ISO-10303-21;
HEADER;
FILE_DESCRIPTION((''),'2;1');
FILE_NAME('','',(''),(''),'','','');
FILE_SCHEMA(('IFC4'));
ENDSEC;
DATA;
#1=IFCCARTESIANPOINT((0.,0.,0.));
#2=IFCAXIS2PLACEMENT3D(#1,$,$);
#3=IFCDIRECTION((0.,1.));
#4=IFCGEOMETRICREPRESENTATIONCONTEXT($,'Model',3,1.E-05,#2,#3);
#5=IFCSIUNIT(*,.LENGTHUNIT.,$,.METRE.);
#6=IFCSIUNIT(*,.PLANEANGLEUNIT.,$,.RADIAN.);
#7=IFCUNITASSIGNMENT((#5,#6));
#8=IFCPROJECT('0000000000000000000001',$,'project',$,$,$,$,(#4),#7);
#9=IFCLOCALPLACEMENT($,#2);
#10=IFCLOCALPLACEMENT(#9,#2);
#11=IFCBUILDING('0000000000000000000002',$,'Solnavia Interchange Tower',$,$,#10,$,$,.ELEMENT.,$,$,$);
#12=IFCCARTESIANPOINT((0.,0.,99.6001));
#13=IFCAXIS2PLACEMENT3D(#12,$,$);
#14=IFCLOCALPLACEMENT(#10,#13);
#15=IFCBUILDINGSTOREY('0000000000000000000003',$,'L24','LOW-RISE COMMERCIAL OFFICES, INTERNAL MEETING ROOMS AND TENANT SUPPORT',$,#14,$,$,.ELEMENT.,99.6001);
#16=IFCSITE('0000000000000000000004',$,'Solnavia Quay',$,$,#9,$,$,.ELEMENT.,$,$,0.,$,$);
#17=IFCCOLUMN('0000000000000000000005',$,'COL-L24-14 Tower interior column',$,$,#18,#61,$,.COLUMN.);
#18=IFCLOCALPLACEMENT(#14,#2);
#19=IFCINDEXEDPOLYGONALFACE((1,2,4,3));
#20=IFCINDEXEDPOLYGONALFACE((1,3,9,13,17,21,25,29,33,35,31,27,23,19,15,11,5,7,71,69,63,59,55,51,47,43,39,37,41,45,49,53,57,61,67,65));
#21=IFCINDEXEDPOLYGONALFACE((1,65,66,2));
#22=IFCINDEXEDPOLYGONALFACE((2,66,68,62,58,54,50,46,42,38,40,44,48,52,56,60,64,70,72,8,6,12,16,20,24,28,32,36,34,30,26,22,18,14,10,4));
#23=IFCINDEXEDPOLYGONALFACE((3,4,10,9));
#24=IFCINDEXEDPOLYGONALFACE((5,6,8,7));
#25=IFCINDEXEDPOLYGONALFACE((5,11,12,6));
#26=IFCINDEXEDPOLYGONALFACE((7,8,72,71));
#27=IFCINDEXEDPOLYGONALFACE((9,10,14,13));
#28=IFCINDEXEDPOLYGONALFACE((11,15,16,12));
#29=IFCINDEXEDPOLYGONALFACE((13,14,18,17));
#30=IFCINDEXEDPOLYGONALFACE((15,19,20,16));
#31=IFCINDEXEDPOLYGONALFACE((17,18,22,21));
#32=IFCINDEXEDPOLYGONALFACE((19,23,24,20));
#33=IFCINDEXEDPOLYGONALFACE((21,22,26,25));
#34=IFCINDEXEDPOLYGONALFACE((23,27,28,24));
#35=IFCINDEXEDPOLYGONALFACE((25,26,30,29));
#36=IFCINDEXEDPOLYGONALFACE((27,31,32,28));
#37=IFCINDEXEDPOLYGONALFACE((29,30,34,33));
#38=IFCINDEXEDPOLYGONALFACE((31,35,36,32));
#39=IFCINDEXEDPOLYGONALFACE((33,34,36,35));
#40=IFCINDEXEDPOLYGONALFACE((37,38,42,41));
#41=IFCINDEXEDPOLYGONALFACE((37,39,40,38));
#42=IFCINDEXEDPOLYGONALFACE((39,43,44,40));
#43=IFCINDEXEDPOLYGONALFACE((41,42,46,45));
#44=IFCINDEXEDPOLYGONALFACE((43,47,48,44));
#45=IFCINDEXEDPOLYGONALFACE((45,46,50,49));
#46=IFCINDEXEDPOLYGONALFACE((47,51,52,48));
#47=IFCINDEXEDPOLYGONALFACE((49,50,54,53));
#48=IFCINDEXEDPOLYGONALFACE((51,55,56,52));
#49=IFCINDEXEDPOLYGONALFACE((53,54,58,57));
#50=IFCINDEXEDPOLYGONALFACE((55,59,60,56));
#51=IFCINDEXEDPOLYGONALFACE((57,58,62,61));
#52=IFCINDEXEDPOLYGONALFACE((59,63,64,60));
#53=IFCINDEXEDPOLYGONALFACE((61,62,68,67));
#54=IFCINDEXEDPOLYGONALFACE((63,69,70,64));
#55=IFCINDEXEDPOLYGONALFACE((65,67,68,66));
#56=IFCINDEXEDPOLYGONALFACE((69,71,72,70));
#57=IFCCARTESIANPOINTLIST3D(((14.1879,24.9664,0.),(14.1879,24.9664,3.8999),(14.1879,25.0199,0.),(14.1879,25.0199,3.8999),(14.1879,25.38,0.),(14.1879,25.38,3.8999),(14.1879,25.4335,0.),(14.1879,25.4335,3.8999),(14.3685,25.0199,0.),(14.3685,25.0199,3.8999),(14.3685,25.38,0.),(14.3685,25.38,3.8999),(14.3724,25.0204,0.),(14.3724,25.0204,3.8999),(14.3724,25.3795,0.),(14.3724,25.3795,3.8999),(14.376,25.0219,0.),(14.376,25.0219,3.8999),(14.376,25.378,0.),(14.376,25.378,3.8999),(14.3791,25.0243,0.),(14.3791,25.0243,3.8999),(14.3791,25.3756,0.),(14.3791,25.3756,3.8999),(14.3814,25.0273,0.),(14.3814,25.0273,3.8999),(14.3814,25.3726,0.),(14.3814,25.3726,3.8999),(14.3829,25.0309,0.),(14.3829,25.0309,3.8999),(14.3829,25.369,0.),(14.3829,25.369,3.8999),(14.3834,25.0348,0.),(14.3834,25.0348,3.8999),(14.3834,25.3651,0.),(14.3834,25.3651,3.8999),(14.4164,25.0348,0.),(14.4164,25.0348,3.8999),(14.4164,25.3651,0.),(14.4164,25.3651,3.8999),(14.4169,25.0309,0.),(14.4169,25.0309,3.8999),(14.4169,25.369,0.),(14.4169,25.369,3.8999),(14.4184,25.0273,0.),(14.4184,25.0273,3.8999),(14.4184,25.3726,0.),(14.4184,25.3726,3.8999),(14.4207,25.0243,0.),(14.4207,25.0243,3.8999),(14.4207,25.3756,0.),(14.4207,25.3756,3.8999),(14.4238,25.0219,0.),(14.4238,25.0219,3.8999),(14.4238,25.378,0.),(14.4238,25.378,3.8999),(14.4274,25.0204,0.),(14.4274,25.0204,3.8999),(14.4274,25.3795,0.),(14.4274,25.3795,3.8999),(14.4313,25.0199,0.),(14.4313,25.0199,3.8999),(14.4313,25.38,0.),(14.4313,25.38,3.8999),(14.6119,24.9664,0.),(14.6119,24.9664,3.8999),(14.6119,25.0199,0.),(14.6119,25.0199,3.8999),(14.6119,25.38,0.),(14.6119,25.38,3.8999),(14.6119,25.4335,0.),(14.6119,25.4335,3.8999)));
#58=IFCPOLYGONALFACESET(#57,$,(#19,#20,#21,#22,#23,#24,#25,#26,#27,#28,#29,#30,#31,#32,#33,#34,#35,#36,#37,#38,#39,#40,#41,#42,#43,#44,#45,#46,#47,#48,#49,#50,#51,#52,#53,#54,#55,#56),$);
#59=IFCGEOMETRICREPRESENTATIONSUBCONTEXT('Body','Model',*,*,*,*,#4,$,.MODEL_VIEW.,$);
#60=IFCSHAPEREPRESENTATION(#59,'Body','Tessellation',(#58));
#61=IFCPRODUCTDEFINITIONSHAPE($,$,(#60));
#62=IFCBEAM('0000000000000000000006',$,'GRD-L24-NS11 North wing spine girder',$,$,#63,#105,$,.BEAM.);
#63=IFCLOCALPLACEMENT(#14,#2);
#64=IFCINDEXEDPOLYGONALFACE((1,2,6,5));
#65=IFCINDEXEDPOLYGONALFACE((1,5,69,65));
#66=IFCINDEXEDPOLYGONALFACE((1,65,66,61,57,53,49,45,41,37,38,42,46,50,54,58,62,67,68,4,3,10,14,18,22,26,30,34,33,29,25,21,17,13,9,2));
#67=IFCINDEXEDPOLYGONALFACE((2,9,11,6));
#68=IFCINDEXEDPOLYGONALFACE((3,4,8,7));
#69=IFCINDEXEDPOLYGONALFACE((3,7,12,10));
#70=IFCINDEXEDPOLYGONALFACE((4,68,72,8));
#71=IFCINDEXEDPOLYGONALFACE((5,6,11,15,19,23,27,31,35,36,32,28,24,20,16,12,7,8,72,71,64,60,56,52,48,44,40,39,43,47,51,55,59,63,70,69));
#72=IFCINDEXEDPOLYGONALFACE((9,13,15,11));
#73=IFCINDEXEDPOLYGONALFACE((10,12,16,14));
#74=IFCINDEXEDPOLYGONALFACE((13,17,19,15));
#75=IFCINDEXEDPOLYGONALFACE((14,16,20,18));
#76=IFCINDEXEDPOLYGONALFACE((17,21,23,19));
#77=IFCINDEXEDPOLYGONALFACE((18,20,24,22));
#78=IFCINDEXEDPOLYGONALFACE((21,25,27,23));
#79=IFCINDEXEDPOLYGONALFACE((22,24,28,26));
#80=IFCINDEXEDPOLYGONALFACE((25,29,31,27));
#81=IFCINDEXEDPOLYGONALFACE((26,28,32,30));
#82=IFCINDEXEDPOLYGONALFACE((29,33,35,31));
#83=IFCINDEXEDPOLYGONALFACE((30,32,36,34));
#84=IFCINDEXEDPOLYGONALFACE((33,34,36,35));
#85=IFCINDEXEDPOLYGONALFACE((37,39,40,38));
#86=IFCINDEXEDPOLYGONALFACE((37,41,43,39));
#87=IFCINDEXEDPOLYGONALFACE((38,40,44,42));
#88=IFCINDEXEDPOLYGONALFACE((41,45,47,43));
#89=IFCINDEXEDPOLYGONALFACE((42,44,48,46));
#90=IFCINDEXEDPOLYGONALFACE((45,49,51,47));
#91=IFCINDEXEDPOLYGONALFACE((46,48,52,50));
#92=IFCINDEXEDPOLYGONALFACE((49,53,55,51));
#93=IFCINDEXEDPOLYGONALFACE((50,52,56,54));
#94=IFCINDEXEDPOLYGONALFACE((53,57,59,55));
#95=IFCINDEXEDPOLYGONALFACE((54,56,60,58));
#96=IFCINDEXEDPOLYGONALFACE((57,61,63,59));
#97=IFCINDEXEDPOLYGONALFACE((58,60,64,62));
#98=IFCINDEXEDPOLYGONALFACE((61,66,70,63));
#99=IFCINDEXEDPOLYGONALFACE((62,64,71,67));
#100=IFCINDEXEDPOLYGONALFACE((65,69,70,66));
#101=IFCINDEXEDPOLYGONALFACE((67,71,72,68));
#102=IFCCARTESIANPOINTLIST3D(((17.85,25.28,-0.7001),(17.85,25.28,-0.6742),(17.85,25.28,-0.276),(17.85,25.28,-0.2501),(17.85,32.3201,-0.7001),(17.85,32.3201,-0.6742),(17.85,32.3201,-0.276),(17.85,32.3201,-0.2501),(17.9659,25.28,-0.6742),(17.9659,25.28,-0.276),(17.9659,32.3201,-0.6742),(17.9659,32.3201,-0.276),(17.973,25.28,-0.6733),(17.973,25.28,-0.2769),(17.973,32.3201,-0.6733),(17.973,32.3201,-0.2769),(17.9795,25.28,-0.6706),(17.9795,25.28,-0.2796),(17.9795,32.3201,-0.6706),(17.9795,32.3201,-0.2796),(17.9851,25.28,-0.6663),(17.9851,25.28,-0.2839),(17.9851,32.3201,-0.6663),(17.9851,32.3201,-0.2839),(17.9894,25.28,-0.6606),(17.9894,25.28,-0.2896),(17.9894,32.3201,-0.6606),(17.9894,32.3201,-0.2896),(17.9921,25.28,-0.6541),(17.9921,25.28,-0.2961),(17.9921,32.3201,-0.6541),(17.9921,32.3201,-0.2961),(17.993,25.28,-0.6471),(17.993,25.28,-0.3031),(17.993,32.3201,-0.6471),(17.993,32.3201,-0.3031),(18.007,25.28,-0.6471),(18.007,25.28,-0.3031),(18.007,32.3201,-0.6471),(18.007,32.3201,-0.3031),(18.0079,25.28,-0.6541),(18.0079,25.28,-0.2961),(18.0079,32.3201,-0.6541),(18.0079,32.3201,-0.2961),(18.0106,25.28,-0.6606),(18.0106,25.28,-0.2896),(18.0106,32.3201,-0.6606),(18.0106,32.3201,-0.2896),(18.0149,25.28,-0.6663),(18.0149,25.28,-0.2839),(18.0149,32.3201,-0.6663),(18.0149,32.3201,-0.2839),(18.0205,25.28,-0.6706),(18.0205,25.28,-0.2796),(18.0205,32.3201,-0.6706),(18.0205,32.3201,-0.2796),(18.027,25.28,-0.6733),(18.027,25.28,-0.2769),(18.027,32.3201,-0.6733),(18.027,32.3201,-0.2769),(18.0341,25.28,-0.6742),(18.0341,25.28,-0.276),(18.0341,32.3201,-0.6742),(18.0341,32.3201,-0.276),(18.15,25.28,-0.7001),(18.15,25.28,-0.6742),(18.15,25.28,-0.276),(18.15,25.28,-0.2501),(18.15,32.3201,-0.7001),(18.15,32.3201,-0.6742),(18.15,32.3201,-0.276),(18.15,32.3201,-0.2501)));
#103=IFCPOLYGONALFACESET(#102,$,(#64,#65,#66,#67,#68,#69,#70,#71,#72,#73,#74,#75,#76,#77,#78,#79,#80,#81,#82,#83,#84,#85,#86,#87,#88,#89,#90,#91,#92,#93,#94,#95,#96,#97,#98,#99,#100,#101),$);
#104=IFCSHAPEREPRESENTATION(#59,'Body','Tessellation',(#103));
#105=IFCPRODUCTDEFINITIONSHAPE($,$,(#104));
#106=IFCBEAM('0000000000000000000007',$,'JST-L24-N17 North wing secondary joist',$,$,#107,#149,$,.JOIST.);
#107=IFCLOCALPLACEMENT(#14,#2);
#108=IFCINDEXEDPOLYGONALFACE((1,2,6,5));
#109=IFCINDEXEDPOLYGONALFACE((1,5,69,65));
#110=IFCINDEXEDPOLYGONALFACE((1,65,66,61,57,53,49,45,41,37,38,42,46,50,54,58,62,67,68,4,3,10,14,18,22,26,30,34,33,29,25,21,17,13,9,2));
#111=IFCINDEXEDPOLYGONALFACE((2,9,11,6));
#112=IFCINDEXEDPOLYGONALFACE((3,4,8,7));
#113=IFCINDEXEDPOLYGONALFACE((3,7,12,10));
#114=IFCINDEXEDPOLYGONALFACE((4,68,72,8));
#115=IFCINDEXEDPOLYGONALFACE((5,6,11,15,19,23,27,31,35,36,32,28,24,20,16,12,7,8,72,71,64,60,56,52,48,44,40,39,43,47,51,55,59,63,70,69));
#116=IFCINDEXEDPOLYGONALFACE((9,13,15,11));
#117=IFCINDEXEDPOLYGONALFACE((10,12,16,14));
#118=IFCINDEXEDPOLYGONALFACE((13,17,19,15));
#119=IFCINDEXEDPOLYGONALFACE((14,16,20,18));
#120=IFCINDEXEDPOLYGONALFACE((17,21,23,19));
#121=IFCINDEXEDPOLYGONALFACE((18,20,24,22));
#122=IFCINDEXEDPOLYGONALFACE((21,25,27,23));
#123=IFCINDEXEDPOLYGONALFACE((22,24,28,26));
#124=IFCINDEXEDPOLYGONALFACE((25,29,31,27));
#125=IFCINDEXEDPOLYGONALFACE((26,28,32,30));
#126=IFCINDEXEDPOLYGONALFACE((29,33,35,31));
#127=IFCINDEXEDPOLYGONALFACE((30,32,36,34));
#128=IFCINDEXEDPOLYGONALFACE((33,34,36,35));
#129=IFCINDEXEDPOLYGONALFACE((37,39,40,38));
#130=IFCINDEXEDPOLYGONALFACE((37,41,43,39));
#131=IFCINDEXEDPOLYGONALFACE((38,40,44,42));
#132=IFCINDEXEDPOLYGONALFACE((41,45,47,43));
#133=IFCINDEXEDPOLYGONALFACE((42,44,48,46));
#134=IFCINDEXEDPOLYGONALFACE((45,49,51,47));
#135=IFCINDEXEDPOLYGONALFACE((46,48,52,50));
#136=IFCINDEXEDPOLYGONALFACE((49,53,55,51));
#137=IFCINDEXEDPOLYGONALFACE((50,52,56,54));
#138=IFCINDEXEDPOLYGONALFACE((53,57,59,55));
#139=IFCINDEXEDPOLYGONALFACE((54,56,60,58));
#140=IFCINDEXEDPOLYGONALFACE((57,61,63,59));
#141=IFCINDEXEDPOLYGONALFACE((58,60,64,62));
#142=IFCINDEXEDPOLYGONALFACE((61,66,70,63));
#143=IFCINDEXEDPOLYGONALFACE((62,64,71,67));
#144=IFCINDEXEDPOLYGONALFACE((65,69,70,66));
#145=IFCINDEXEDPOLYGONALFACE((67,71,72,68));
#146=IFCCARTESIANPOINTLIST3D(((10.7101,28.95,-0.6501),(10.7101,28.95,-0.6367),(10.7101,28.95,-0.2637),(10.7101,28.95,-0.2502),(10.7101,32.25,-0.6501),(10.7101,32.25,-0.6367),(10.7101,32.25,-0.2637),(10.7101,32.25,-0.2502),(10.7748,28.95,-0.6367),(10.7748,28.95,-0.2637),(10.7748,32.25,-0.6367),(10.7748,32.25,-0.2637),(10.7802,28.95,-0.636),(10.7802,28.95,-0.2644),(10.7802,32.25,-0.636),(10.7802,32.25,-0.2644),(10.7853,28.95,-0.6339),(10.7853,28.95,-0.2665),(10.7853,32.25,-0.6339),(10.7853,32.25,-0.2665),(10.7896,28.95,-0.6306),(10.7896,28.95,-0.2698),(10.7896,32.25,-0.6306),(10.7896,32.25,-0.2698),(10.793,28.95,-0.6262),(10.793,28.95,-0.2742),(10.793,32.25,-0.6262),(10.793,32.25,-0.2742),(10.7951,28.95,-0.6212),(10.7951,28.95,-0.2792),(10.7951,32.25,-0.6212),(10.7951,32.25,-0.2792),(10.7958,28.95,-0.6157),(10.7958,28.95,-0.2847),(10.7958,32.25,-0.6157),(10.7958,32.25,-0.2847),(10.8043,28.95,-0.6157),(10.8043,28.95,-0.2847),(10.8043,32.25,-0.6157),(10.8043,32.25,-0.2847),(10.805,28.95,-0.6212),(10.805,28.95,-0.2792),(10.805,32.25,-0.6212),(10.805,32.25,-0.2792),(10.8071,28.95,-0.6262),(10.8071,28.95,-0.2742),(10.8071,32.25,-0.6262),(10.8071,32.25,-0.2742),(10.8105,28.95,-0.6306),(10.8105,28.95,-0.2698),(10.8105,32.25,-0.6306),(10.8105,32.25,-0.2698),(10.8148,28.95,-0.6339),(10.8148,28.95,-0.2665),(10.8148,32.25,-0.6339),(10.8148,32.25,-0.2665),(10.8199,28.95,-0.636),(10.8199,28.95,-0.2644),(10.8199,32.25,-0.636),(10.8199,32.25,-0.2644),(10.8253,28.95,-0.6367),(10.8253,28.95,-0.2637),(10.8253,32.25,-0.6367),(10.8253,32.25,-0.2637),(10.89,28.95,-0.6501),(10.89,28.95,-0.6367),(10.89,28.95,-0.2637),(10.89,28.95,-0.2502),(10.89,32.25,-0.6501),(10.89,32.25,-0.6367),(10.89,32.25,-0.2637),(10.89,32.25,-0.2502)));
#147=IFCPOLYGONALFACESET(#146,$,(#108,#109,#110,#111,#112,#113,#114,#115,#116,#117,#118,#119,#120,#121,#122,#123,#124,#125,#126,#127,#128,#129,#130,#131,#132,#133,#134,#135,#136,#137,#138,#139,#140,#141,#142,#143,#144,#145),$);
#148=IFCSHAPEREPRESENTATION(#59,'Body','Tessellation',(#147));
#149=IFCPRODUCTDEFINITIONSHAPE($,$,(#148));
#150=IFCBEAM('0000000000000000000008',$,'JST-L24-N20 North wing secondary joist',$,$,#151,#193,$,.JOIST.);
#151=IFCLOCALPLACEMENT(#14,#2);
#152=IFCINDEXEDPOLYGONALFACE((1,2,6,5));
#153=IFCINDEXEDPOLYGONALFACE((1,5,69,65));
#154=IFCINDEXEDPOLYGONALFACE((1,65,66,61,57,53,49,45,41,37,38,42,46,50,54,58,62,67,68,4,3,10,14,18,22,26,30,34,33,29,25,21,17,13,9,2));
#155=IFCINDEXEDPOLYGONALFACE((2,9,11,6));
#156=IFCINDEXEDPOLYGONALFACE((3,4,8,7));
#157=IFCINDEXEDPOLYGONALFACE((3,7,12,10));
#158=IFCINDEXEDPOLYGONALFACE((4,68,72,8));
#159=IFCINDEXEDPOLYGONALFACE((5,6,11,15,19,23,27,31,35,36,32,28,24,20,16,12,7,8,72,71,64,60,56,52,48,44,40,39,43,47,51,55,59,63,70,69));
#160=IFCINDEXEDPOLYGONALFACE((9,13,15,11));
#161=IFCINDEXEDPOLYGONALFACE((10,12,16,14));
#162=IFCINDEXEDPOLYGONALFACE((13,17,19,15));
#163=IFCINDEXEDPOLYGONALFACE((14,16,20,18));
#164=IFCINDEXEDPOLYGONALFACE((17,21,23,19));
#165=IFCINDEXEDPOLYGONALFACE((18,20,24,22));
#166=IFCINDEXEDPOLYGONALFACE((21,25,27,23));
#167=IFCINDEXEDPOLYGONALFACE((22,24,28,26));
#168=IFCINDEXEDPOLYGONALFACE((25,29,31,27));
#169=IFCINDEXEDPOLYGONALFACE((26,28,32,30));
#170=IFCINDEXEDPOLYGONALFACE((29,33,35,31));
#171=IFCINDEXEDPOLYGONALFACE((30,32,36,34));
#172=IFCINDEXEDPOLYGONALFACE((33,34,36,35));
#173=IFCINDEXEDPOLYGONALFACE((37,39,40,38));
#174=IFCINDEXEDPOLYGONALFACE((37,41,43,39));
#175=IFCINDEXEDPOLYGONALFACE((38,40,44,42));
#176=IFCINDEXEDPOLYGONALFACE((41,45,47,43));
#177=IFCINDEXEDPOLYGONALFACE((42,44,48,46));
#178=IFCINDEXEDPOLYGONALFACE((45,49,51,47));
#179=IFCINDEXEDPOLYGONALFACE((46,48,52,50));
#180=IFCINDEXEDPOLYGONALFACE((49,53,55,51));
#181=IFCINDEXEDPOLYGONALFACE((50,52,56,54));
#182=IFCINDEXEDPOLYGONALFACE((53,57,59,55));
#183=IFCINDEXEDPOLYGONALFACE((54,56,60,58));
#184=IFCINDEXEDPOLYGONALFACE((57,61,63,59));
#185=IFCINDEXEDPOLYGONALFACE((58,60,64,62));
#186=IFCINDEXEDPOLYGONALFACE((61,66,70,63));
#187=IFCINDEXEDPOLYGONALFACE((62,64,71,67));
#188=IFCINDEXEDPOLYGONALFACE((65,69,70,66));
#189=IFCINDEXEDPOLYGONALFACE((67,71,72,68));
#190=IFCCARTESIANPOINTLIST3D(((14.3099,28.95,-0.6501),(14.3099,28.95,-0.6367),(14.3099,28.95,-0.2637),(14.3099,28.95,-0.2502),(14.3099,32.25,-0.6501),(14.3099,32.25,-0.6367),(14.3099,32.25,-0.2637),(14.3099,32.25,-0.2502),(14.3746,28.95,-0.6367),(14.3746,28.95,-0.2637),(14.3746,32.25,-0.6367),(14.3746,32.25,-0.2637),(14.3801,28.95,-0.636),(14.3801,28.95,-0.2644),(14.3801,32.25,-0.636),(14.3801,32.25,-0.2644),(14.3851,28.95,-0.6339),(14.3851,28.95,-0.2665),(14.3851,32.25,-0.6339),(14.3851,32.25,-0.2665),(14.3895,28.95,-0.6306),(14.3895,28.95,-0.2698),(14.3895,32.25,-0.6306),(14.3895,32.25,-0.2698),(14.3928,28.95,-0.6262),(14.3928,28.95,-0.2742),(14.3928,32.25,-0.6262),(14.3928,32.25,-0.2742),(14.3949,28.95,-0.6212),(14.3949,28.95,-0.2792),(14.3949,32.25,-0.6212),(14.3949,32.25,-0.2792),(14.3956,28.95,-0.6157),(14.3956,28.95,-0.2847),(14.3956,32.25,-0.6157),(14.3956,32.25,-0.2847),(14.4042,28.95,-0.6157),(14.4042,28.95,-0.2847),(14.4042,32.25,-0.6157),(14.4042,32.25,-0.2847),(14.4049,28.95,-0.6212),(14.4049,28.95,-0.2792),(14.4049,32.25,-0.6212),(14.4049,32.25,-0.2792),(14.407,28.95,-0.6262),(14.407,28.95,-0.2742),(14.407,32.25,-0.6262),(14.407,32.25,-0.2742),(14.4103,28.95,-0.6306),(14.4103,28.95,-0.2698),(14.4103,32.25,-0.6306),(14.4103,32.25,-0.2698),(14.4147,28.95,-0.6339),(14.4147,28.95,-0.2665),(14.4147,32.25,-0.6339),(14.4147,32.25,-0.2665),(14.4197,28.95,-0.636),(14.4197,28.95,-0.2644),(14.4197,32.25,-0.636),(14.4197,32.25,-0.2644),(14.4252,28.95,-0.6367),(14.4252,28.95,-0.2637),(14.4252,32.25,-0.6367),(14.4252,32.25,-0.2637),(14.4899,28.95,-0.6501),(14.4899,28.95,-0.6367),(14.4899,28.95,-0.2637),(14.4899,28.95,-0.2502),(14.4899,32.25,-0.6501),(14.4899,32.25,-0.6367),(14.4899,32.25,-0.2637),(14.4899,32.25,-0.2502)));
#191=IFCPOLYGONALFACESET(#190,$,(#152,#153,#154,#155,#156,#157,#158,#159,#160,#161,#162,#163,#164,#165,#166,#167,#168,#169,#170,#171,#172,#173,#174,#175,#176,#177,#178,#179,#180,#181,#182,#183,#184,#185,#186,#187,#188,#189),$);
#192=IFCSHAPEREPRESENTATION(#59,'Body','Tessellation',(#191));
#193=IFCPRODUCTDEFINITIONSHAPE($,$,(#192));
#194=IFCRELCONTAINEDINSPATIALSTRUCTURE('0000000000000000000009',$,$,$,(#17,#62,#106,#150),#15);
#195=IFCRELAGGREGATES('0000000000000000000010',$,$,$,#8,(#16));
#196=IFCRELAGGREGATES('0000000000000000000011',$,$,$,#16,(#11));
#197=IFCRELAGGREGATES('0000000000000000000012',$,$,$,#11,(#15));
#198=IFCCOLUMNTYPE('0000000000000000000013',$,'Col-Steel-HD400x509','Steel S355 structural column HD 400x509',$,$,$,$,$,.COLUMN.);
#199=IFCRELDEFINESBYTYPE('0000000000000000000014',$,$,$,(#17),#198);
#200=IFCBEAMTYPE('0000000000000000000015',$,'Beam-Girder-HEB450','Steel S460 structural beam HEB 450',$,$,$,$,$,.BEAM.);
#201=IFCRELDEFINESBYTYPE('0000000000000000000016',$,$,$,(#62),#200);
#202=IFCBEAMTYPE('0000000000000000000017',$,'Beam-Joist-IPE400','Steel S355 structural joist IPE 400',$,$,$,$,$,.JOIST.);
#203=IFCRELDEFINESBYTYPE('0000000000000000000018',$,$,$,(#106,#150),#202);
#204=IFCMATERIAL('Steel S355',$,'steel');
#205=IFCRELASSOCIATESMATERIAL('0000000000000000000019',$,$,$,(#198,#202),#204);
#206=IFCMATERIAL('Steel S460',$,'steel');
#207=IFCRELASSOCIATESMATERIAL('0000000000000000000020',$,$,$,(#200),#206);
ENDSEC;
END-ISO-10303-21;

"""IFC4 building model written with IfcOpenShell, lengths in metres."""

from ifc_helpers import new_model, si_unit, direction, frame, origin, origin_2d, place, context, subcontext, project, spatial, i_section, extrude, material, material_profile, profile_set, type_object, element, save


model = new_model("IFC4")

# Units and contexts
model_context = context("Model", 3, precision=1e-05, world=origin(), true_north=direction((0.0, 1.0)))
body_context = subcontext(model_context, "Body", "Model", "MODEL_VIEW")
ifc_project = project(units=[si_unit("LENGTHUNIT", "METRE"), si_unit("PLANEANGLEUNIT", "RADIAN")], contexts=[model_context])

# Site, building, storey
site_placement = place(None, origin())
site = spatial("IfcSite", under=ifc_project, at=site_placement, Name="Solnavia Quay", CompositionType="ELEMENT", RefElevation=0.0)
building_placement = place(site_placement, origin())
building = spatial("IfcBuilding", under=site, at=building_placement, Name="Solnavia Interchange Tower", CompositionType="ELEMENT")
storey_placement = place(building_placement, frame((0.0, 0.0, 99.6001)))
storey = spatial("IfcBuildingStorey", under=building, at=storey_placement, Name="L24", Description="LOW-RISE COMMERCIAL OFFICES, INTERNAL MEETING ROOMS AND TENANT SUPPORT", CompositionType="ELEMENT", Elevation=99.6001)

# Column
ifc_material_1 = material(Name="Steel S355", Category="steel")
ifc_material_profile_1 = material_profile(ifc_material_1, i_section(OverallWidth=0.4241, OverallDepth=0.467, WebThickness=0.033, FlangeThickness=0.0535, FilletRadius=0.0149, at=origin_2d()), Name="HD 400x509")
ifc_profile_set_1 = profile_set([ifc_material_profile_1], Name="Steel S355")
column_type = type_object("IfcColumnType", Name="Col-Steel-HD400x509", Description="Steel S355 structural column HD 400x509", PredefinedType="COLUMN", material=ifc_profile_set_1)
column_placement = place(storey_placement, frame((14.3999, 25.2, 0.0), z_axis=(0.0, 0.0, 1.0), x_axis=(1.0, 0.0, 0.0)))
element("IfcColumn", 1, at=column_placement, inside=storey, type_object=column_type, Name="COL-L24-14 Tower interior column", PredefinedType="COLUMN", context=body_context, shape_type="SweptSolid", body=[
    extrude(i_section(OverallWidth=0.4241, OverallDepth=0.467, WebThickness=0.033, FlangeThickness=0.0535, FilletRadius=0.0149, at=origin_2d()), origin(), (0.0, 0.0, 1.0), 3.8999),
])

# Beams
ifc_material_2 = material(Name="Steel S460", Category="steel")
ifc_material_profile_2 = material_profile(ifc_material_2, i_section(OverallWidth=0.3, OverallDepth=0.45, WebThickness=0.0139, FlangeThickness=0.0259, FilletRadius=0.0271, at=origin_2d()), Name="HEB 450")
ifc_profile_set_2 = profile_set([ifc_material_profile_2], Name="Steel S460")
beam_type_1 = type_object("IfcBeamType", Name="Beam-Girder-HEB450", Description="Steel S460 structural beam HEB 450", PredefinedType="BEAM", material=ifc_profile_set_2)
beam_placement = place(storey_placement, frame((18.0, 25.28, -0.4751), z_axis=(0.0, 1.0, 0.0), x_axis=(-1.0, 0.0, 0.0)))
element("IfcBeam", 2, at=beam_placement, inside=storey, type_object=beam_type_1, Name="GRD-L24-NS11 North wing spine girder", PredefinedType="BEAM", context=body_context, shape_type="SweptSolid", body=[
    extrude(i_section(OverallWidth=0.3, OverallDepth=0.45, WebThickness=0.0139, FlangeThickness=0.0259, FilletRadius=0.0271, at=origin_2d()), origin(), (0.0, 0.0, 1.0), 7.04),
])
ifc_material_profile_3 = material_profile(ifc_material_1, i_section(OverallWidth=0.1799, OverallDepth=0.3999, WebThickness=0.0085, FlangeThickness=0.0134, FilletRadius=0.021, at=origin_2d()), Name="IPE 400")
ifc_profile_set_3 = profile_set([ifc_material_profile_3], Name="Steel S355")
beam_type_2 = type_object("IfcBeamType", Name="Beam-Joist-IPE400", Description="Steel S355 structural joist IPE 400", PredefinedType="JOIST", material=ifc_profile_set_3)
for number, where, z_axis, x_axis, name in (
    (3, (10.8, 28.95, -0.4502), (0.0, 1.0, 0.0), (-1.0, 0.0, 0.0), "JST-L24-N17 North wing secondary joist"),
    (4, (14.3999, 28.95, -0.4502), (0.0, 1.0, 0.0), (-1.0, 0.0, 0.0), "JST-L24-N20 North wing secondary joist"),
):
    element("IfcBeam", number, at=place(storey_placement, frame(where, z_axis=z_axis, x_axis=x_axis)), inside=storey, type_object=beam_type_2, Name=name, PredefinedType="JOIST", context=body_context, shape_type="SweptSolid", body=[
        extrude(i_section(OverallWidth=0.1799, OverallDepth=0.3999, WebThickness=0.0085, FlangeThickness=0.0134, FilletRadius=0.021, at=origin_2d()), origin(), (0.0, 0.0, 1.0), 3.3),
    ])

save(model, "model.ifc")
